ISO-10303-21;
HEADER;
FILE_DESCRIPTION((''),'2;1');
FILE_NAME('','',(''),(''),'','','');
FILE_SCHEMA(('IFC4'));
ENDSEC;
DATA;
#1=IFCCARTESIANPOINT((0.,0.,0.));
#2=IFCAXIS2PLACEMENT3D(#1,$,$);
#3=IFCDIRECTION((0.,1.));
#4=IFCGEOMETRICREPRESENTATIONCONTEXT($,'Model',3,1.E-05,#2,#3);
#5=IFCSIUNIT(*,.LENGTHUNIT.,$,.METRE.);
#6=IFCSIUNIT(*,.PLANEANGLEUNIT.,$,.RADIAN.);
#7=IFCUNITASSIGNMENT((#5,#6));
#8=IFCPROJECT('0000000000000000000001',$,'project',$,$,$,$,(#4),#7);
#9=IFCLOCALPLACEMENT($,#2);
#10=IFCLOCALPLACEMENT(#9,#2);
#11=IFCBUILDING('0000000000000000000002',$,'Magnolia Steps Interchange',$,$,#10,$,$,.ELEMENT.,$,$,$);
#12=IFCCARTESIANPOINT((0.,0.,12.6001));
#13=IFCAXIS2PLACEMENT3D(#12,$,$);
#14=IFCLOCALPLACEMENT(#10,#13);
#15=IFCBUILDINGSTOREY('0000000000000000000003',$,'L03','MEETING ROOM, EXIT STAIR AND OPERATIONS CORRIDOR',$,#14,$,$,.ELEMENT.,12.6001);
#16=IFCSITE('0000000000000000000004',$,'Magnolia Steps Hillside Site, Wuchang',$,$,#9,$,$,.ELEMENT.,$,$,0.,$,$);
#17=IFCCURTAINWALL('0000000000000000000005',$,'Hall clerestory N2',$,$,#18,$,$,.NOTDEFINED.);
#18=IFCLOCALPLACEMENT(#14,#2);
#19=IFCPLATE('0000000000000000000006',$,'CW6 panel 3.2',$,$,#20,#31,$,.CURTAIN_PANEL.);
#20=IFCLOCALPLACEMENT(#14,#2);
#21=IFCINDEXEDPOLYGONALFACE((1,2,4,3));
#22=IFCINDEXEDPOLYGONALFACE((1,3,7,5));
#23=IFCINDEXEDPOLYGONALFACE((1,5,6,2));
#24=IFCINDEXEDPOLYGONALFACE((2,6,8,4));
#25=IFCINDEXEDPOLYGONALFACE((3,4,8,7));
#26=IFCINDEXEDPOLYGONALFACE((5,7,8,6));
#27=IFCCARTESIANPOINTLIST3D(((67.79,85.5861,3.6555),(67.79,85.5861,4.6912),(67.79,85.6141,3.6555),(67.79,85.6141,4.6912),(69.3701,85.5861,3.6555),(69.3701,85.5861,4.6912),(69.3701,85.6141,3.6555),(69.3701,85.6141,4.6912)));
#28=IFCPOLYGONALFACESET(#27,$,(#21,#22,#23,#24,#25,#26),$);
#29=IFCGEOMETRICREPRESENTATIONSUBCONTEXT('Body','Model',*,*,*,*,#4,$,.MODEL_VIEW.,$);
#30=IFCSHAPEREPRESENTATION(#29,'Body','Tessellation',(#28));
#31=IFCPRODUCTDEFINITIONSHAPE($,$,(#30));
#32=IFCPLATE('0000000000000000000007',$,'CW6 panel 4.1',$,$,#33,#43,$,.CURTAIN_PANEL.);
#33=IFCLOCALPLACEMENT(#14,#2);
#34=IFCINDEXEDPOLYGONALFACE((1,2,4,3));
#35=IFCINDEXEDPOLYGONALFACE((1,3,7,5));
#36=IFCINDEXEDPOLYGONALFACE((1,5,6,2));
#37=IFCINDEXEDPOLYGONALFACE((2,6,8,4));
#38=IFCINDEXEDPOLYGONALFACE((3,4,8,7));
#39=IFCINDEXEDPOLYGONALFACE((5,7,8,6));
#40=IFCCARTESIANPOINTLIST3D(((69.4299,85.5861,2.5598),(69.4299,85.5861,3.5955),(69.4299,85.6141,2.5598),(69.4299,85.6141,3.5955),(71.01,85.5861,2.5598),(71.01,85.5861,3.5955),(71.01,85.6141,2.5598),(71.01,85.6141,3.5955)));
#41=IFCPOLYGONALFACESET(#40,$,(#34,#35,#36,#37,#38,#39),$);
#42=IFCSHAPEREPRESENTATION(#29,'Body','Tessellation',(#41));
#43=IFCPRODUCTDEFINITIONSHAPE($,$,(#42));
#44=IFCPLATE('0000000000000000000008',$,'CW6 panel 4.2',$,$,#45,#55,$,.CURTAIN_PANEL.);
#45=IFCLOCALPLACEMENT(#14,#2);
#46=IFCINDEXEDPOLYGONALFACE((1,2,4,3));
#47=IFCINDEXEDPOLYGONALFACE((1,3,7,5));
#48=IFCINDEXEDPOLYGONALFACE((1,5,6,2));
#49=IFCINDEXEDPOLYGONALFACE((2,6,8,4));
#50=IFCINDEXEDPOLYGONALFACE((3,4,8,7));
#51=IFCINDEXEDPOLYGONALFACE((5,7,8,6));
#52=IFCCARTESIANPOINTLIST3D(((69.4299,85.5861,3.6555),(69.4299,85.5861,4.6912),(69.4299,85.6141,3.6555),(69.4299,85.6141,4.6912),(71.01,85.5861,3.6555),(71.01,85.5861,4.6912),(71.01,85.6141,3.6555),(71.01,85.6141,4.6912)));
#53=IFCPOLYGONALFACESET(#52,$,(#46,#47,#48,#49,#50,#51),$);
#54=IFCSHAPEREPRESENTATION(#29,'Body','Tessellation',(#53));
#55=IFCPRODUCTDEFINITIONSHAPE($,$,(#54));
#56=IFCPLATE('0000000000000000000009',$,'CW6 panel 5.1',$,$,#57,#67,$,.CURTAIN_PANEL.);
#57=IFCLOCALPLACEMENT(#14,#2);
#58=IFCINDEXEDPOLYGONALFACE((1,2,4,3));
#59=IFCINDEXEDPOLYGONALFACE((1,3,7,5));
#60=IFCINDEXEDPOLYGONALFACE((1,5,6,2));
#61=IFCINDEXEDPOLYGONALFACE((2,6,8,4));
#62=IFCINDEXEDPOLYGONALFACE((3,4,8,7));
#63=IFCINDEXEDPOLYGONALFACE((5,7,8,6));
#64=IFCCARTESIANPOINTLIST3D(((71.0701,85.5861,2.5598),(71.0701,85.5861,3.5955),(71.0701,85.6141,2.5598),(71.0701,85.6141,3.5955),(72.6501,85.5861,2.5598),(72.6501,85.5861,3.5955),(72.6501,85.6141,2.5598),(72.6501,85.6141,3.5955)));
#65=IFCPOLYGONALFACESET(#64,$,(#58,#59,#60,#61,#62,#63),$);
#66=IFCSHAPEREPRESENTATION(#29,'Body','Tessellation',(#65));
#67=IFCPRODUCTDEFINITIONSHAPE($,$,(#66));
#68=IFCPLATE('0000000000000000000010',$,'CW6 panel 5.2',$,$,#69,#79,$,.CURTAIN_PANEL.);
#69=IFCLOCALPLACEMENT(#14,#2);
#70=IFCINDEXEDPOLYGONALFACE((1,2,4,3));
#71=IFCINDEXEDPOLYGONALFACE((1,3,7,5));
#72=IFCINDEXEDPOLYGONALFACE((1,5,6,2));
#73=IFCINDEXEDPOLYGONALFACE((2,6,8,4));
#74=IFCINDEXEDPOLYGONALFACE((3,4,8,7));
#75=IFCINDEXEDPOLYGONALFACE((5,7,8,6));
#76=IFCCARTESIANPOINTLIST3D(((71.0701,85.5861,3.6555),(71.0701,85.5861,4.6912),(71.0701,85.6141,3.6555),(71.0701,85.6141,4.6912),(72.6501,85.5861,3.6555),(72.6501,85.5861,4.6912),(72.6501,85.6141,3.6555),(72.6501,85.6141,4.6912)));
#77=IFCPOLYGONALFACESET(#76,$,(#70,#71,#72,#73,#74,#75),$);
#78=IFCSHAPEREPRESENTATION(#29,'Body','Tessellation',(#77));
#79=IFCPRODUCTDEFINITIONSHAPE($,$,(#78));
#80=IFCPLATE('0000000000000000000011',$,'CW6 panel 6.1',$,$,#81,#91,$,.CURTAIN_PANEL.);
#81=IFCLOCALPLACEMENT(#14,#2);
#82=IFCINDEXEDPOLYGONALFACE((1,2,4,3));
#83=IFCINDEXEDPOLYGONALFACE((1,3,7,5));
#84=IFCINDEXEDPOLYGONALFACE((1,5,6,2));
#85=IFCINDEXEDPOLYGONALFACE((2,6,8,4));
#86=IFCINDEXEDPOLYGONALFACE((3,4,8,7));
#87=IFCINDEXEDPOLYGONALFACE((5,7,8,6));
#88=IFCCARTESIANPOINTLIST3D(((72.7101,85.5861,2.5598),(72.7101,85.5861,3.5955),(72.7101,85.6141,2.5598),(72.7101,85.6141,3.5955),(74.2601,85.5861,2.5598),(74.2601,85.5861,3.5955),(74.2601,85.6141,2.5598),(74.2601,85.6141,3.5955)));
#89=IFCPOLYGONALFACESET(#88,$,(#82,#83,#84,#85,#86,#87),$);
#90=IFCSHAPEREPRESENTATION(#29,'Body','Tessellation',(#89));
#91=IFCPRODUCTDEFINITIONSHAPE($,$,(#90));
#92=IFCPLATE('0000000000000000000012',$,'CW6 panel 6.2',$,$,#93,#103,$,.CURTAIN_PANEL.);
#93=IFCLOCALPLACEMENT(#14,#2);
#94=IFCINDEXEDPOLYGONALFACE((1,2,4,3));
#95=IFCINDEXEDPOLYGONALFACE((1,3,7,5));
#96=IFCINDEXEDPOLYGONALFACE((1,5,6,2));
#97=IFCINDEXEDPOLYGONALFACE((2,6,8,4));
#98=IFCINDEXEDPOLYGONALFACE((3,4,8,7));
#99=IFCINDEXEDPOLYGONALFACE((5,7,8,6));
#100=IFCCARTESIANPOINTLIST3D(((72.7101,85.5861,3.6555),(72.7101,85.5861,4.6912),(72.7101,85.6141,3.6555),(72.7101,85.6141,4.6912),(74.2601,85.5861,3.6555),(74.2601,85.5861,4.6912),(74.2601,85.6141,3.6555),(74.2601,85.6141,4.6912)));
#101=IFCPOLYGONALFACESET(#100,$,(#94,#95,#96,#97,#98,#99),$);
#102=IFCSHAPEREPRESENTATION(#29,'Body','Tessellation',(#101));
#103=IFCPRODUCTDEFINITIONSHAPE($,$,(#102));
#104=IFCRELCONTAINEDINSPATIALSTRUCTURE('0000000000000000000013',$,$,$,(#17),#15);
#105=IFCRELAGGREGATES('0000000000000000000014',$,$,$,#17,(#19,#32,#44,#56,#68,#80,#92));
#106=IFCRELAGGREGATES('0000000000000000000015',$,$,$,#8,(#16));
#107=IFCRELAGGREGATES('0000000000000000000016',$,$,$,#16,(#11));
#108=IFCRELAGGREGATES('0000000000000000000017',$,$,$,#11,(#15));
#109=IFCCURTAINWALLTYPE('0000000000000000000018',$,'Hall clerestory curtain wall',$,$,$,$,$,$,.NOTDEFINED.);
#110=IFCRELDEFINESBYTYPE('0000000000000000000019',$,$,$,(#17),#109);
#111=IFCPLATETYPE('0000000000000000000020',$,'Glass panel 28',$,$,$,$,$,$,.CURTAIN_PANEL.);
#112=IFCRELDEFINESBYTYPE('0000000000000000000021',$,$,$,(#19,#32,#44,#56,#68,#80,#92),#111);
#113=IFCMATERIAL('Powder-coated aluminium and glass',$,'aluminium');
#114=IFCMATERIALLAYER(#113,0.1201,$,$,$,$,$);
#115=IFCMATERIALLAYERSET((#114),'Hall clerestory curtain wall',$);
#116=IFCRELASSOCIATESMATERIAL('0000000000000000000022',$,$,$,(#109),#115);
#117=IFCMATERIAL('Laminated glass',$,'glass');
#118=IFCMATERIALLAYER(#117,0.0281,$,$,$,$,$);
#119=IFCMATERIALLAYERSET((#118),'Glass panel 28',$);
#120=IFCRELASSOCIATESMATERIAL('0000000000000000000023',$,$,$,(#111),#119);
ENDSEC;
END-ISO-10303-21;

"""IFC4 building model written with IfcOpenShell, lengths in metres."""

from ifc_helpers import new_model, si_unit, direction, frame, origin, origin_2d, place, context, subcontext, project, spatial, rectangle, extrude, material, layer, layer_set, type_object, element, aggregate, save


model = new_model("IFC4")

# Units and contexts
model_context = context("Model", 3, precision=1e-05, world=origin(), true_north=direction((0.0, 1.0)))
body_context = subcontext(model_context, "Body", "Model", "MODEL_VIEW")
ifc_project = project(units=[si_unit("LENGTHUNIT", "METRE"), si_unit("PLANEANGLEUNIT", "RADIAN")], contexts=[model_context])

# Site, building, storey
site_placement = place(None, origin())
site = spatial("IfcSite", under=ifc_project, at=site_placement, Name="Magnolia Steps Hillside Site, Wuchang", CompositionType="ELEMENT", RefElevation=0.0)
building_placement = place(site_placement, origin())
building = spatial("IfcBuilding", under=site, at=building_placement, Name="Magnolia Steps Interchange", CompositionType="ELEMENT")
storey_placement = place(building_placement, frame((0.0, 0.0, 12.6001)))
storey = spatial("IfcBuildingStorey", under=building, at=storey_placement, Name="L03", Description="MEETING ROOM, EXIT STAIR AND OPERATIONS CORRIDOR", CompositionType="ELEMENT", Elevation=12.6001)

# Curtain wall
ifc_material_1 = material(Name="Powder-coated aluminium and glass", Category="aluminium")
ifc_layer_1 = layer(ifc_material_1, 0.1201)
ifc_layer_set_1 = layer_set([ifc_layer_1], Name="Hall clerestory curtain wall")
curtain_wall_type = type_object("IfcCurtainWallType", Name="Hall clerestory curtain wall", PredefinedType="NOTDEFINED", material=ifc_layer_set_1)
curtain_wall_placement = place(storey_placement, origin())
curtain_wall = element("IfcCurtainWall", 1, at=curtain_wall_placement, inside=storey, type_object=curtain_wall_type, Name="Hall clerestory N2", PredefinedType="NOTDEFINED")

# Plates
ifc_material_2 = material(Name="Laminated glass", Category="glass")
ifc_layer_2 = layer(ifc_material_2, 0.0281)
ifc_layer_set_2 = layer_set([ifc_layer_2], Name="Glass panel 28")
plate_type = type_object("IfcPlateType", Name="Glass panel 28", PredefinedType="CURTAIN_PANEL", material=ifc_layer_set_2)
plate_1_placement = place(storey_placement, frame((68.5801, 85.6001, 3.6555), z_axis=(0.0, 0.0, 1.0), x_axis=(1.0, 0.0, 0.0)))
plate_1 = element("IfcPlate", 2, at=plate_1_placement, type_object=plate_type, Name="CW6 panel 3.2", PredefinedType="CURTAIN_PANEL", context=body_context, shape_type="SweptSolid", body=[
    extrude(rectangle(XDim=1.5801, YDim=0.0281, at=origin_2d()), origin(), (0.0, 0.0, 1.0), 1.0356),
])
plate_2_placement = place(storey_placement, frame((70.22, 85.6001, 2.5598), z_axis=(0.0, 0.0, 1.0), x_axis=(1.0, 0.0, 0.0)))
plate_2 = element("IfcPlate", 3, at=plate_2_placement, type_object=plate_type, Name="CW6 panel 4.1", PredefinedType="CURTAIN_PANEL", context=body_context, shape_type="SweptSolid", body=[
    extrude(rectangle(XDim=1.5801, YDim=0.0281, at=origin_2d()), origin(), (0.0, 0.0, 1.0), 1.0356),
])
plate_3_placement = place(storey_placement, frame((70.22, 85.6001, 3.6555), z_axis=(0.0, 0.0, 1.0), x_axis=(1.0, 0.0, 0.0)))
plate_3 = element("IfcPlate", 4, at=plate_3_placement, type_object=plate_type, Name="CW6 panel 4.2", PredefinedType="CURTAIN_PANEL", context=body_context, shape_type="SweptSolid", body=[
    extrude(rectangle(XDim=1.5801, YDim=0.0281, at=origin_2d()), origin(), (0.0, 0.0, 1.0), 1.0356),
])
plate_4_placement = place(storey_placement, frame((71.8601, 85.6001, 2.5598), z_axis=(0.0, 0.0, 1.0), x_axis=(1.0, 0.0, 0.0)))
plate_4 = element("IfcPlate", 5, at=plate_4_placement, type_object=plate_type, Name="CW6 panel 5.1", PredefinedType="CURTAIN_PANEL", context=body_context, shape_type="SweptSolid", body=[
    extrude(rectangle(XDim=1.5801, YDim=0.0281, at=origin_2d()), origin(), (0.0, 0.0, 1.0), 1.0356),
])
plate_5_placement = place(storey_placement, frame((71.8601, 85.6001, 3.6555), z_axis=(0.0, 0.0, 1.0), x_axis=(1.0, 0.0, 0.0)))
plate_5 = element("IfcPlate", 6, at=plate_5_placement, type_object=plate_type, Name="CW6 panel 5.2", PredefinedType="CURTAIN_PANEL", context=body_context, shape_type="SweptSolid", body=[
    extrude(rectangle(XDim=1.5801, YDim=0.0281, at=origin_2d()), origin(), (0.0, 0.0, 1.0), 1.0356),
])
plate_6_placement = place(storey_placement, frame((73.4851, 85.6001, 2.5598), z_axis=(0.0, 0.0, 1.0), x_axis=(1.0, 0.0, 0.0)))
plate_6 = element("IfcPlate", 7, at=plate_6_placement, type_object=plate_type, Name="CW6 panel 6.1", PredefinedType="CURTAIN_PANEL", context=body_context, shape_type="SweptSolid", body=[
    extrude(rectangle(XDim=1.55, YDim=0.0281, at=origin_2d()), origin(), (0.0, 0.0, 1.0), 1.0356),
])
plate_7_placement = place(storey_placement, frame((73.4851, 85.6001, 3.6555), z_axis=(0.0, 0.0, 1.0), x_axis=(1.0, 0.0, 0.0)))
plate_7 = element("IfcPlate", 8, at=plate_7_placement, type_object=plate_type, Name="CW6 panel 6.2", PredefinedType="CURTAIN_PANEL", context=body_context, shape_type="SweptSolid", body=[
    extrude(rectangle(XDim=1.55, YDim=0.0281, at=origin_2d()), origin(), (0.0, 0.0, 1.0), 1.0356),
])
aggregate(curtain_wall, [plate_1, plate_2, plate_3, plate_4, plate_5, plate_6, plate_7])

save(model, "model.ifc")
